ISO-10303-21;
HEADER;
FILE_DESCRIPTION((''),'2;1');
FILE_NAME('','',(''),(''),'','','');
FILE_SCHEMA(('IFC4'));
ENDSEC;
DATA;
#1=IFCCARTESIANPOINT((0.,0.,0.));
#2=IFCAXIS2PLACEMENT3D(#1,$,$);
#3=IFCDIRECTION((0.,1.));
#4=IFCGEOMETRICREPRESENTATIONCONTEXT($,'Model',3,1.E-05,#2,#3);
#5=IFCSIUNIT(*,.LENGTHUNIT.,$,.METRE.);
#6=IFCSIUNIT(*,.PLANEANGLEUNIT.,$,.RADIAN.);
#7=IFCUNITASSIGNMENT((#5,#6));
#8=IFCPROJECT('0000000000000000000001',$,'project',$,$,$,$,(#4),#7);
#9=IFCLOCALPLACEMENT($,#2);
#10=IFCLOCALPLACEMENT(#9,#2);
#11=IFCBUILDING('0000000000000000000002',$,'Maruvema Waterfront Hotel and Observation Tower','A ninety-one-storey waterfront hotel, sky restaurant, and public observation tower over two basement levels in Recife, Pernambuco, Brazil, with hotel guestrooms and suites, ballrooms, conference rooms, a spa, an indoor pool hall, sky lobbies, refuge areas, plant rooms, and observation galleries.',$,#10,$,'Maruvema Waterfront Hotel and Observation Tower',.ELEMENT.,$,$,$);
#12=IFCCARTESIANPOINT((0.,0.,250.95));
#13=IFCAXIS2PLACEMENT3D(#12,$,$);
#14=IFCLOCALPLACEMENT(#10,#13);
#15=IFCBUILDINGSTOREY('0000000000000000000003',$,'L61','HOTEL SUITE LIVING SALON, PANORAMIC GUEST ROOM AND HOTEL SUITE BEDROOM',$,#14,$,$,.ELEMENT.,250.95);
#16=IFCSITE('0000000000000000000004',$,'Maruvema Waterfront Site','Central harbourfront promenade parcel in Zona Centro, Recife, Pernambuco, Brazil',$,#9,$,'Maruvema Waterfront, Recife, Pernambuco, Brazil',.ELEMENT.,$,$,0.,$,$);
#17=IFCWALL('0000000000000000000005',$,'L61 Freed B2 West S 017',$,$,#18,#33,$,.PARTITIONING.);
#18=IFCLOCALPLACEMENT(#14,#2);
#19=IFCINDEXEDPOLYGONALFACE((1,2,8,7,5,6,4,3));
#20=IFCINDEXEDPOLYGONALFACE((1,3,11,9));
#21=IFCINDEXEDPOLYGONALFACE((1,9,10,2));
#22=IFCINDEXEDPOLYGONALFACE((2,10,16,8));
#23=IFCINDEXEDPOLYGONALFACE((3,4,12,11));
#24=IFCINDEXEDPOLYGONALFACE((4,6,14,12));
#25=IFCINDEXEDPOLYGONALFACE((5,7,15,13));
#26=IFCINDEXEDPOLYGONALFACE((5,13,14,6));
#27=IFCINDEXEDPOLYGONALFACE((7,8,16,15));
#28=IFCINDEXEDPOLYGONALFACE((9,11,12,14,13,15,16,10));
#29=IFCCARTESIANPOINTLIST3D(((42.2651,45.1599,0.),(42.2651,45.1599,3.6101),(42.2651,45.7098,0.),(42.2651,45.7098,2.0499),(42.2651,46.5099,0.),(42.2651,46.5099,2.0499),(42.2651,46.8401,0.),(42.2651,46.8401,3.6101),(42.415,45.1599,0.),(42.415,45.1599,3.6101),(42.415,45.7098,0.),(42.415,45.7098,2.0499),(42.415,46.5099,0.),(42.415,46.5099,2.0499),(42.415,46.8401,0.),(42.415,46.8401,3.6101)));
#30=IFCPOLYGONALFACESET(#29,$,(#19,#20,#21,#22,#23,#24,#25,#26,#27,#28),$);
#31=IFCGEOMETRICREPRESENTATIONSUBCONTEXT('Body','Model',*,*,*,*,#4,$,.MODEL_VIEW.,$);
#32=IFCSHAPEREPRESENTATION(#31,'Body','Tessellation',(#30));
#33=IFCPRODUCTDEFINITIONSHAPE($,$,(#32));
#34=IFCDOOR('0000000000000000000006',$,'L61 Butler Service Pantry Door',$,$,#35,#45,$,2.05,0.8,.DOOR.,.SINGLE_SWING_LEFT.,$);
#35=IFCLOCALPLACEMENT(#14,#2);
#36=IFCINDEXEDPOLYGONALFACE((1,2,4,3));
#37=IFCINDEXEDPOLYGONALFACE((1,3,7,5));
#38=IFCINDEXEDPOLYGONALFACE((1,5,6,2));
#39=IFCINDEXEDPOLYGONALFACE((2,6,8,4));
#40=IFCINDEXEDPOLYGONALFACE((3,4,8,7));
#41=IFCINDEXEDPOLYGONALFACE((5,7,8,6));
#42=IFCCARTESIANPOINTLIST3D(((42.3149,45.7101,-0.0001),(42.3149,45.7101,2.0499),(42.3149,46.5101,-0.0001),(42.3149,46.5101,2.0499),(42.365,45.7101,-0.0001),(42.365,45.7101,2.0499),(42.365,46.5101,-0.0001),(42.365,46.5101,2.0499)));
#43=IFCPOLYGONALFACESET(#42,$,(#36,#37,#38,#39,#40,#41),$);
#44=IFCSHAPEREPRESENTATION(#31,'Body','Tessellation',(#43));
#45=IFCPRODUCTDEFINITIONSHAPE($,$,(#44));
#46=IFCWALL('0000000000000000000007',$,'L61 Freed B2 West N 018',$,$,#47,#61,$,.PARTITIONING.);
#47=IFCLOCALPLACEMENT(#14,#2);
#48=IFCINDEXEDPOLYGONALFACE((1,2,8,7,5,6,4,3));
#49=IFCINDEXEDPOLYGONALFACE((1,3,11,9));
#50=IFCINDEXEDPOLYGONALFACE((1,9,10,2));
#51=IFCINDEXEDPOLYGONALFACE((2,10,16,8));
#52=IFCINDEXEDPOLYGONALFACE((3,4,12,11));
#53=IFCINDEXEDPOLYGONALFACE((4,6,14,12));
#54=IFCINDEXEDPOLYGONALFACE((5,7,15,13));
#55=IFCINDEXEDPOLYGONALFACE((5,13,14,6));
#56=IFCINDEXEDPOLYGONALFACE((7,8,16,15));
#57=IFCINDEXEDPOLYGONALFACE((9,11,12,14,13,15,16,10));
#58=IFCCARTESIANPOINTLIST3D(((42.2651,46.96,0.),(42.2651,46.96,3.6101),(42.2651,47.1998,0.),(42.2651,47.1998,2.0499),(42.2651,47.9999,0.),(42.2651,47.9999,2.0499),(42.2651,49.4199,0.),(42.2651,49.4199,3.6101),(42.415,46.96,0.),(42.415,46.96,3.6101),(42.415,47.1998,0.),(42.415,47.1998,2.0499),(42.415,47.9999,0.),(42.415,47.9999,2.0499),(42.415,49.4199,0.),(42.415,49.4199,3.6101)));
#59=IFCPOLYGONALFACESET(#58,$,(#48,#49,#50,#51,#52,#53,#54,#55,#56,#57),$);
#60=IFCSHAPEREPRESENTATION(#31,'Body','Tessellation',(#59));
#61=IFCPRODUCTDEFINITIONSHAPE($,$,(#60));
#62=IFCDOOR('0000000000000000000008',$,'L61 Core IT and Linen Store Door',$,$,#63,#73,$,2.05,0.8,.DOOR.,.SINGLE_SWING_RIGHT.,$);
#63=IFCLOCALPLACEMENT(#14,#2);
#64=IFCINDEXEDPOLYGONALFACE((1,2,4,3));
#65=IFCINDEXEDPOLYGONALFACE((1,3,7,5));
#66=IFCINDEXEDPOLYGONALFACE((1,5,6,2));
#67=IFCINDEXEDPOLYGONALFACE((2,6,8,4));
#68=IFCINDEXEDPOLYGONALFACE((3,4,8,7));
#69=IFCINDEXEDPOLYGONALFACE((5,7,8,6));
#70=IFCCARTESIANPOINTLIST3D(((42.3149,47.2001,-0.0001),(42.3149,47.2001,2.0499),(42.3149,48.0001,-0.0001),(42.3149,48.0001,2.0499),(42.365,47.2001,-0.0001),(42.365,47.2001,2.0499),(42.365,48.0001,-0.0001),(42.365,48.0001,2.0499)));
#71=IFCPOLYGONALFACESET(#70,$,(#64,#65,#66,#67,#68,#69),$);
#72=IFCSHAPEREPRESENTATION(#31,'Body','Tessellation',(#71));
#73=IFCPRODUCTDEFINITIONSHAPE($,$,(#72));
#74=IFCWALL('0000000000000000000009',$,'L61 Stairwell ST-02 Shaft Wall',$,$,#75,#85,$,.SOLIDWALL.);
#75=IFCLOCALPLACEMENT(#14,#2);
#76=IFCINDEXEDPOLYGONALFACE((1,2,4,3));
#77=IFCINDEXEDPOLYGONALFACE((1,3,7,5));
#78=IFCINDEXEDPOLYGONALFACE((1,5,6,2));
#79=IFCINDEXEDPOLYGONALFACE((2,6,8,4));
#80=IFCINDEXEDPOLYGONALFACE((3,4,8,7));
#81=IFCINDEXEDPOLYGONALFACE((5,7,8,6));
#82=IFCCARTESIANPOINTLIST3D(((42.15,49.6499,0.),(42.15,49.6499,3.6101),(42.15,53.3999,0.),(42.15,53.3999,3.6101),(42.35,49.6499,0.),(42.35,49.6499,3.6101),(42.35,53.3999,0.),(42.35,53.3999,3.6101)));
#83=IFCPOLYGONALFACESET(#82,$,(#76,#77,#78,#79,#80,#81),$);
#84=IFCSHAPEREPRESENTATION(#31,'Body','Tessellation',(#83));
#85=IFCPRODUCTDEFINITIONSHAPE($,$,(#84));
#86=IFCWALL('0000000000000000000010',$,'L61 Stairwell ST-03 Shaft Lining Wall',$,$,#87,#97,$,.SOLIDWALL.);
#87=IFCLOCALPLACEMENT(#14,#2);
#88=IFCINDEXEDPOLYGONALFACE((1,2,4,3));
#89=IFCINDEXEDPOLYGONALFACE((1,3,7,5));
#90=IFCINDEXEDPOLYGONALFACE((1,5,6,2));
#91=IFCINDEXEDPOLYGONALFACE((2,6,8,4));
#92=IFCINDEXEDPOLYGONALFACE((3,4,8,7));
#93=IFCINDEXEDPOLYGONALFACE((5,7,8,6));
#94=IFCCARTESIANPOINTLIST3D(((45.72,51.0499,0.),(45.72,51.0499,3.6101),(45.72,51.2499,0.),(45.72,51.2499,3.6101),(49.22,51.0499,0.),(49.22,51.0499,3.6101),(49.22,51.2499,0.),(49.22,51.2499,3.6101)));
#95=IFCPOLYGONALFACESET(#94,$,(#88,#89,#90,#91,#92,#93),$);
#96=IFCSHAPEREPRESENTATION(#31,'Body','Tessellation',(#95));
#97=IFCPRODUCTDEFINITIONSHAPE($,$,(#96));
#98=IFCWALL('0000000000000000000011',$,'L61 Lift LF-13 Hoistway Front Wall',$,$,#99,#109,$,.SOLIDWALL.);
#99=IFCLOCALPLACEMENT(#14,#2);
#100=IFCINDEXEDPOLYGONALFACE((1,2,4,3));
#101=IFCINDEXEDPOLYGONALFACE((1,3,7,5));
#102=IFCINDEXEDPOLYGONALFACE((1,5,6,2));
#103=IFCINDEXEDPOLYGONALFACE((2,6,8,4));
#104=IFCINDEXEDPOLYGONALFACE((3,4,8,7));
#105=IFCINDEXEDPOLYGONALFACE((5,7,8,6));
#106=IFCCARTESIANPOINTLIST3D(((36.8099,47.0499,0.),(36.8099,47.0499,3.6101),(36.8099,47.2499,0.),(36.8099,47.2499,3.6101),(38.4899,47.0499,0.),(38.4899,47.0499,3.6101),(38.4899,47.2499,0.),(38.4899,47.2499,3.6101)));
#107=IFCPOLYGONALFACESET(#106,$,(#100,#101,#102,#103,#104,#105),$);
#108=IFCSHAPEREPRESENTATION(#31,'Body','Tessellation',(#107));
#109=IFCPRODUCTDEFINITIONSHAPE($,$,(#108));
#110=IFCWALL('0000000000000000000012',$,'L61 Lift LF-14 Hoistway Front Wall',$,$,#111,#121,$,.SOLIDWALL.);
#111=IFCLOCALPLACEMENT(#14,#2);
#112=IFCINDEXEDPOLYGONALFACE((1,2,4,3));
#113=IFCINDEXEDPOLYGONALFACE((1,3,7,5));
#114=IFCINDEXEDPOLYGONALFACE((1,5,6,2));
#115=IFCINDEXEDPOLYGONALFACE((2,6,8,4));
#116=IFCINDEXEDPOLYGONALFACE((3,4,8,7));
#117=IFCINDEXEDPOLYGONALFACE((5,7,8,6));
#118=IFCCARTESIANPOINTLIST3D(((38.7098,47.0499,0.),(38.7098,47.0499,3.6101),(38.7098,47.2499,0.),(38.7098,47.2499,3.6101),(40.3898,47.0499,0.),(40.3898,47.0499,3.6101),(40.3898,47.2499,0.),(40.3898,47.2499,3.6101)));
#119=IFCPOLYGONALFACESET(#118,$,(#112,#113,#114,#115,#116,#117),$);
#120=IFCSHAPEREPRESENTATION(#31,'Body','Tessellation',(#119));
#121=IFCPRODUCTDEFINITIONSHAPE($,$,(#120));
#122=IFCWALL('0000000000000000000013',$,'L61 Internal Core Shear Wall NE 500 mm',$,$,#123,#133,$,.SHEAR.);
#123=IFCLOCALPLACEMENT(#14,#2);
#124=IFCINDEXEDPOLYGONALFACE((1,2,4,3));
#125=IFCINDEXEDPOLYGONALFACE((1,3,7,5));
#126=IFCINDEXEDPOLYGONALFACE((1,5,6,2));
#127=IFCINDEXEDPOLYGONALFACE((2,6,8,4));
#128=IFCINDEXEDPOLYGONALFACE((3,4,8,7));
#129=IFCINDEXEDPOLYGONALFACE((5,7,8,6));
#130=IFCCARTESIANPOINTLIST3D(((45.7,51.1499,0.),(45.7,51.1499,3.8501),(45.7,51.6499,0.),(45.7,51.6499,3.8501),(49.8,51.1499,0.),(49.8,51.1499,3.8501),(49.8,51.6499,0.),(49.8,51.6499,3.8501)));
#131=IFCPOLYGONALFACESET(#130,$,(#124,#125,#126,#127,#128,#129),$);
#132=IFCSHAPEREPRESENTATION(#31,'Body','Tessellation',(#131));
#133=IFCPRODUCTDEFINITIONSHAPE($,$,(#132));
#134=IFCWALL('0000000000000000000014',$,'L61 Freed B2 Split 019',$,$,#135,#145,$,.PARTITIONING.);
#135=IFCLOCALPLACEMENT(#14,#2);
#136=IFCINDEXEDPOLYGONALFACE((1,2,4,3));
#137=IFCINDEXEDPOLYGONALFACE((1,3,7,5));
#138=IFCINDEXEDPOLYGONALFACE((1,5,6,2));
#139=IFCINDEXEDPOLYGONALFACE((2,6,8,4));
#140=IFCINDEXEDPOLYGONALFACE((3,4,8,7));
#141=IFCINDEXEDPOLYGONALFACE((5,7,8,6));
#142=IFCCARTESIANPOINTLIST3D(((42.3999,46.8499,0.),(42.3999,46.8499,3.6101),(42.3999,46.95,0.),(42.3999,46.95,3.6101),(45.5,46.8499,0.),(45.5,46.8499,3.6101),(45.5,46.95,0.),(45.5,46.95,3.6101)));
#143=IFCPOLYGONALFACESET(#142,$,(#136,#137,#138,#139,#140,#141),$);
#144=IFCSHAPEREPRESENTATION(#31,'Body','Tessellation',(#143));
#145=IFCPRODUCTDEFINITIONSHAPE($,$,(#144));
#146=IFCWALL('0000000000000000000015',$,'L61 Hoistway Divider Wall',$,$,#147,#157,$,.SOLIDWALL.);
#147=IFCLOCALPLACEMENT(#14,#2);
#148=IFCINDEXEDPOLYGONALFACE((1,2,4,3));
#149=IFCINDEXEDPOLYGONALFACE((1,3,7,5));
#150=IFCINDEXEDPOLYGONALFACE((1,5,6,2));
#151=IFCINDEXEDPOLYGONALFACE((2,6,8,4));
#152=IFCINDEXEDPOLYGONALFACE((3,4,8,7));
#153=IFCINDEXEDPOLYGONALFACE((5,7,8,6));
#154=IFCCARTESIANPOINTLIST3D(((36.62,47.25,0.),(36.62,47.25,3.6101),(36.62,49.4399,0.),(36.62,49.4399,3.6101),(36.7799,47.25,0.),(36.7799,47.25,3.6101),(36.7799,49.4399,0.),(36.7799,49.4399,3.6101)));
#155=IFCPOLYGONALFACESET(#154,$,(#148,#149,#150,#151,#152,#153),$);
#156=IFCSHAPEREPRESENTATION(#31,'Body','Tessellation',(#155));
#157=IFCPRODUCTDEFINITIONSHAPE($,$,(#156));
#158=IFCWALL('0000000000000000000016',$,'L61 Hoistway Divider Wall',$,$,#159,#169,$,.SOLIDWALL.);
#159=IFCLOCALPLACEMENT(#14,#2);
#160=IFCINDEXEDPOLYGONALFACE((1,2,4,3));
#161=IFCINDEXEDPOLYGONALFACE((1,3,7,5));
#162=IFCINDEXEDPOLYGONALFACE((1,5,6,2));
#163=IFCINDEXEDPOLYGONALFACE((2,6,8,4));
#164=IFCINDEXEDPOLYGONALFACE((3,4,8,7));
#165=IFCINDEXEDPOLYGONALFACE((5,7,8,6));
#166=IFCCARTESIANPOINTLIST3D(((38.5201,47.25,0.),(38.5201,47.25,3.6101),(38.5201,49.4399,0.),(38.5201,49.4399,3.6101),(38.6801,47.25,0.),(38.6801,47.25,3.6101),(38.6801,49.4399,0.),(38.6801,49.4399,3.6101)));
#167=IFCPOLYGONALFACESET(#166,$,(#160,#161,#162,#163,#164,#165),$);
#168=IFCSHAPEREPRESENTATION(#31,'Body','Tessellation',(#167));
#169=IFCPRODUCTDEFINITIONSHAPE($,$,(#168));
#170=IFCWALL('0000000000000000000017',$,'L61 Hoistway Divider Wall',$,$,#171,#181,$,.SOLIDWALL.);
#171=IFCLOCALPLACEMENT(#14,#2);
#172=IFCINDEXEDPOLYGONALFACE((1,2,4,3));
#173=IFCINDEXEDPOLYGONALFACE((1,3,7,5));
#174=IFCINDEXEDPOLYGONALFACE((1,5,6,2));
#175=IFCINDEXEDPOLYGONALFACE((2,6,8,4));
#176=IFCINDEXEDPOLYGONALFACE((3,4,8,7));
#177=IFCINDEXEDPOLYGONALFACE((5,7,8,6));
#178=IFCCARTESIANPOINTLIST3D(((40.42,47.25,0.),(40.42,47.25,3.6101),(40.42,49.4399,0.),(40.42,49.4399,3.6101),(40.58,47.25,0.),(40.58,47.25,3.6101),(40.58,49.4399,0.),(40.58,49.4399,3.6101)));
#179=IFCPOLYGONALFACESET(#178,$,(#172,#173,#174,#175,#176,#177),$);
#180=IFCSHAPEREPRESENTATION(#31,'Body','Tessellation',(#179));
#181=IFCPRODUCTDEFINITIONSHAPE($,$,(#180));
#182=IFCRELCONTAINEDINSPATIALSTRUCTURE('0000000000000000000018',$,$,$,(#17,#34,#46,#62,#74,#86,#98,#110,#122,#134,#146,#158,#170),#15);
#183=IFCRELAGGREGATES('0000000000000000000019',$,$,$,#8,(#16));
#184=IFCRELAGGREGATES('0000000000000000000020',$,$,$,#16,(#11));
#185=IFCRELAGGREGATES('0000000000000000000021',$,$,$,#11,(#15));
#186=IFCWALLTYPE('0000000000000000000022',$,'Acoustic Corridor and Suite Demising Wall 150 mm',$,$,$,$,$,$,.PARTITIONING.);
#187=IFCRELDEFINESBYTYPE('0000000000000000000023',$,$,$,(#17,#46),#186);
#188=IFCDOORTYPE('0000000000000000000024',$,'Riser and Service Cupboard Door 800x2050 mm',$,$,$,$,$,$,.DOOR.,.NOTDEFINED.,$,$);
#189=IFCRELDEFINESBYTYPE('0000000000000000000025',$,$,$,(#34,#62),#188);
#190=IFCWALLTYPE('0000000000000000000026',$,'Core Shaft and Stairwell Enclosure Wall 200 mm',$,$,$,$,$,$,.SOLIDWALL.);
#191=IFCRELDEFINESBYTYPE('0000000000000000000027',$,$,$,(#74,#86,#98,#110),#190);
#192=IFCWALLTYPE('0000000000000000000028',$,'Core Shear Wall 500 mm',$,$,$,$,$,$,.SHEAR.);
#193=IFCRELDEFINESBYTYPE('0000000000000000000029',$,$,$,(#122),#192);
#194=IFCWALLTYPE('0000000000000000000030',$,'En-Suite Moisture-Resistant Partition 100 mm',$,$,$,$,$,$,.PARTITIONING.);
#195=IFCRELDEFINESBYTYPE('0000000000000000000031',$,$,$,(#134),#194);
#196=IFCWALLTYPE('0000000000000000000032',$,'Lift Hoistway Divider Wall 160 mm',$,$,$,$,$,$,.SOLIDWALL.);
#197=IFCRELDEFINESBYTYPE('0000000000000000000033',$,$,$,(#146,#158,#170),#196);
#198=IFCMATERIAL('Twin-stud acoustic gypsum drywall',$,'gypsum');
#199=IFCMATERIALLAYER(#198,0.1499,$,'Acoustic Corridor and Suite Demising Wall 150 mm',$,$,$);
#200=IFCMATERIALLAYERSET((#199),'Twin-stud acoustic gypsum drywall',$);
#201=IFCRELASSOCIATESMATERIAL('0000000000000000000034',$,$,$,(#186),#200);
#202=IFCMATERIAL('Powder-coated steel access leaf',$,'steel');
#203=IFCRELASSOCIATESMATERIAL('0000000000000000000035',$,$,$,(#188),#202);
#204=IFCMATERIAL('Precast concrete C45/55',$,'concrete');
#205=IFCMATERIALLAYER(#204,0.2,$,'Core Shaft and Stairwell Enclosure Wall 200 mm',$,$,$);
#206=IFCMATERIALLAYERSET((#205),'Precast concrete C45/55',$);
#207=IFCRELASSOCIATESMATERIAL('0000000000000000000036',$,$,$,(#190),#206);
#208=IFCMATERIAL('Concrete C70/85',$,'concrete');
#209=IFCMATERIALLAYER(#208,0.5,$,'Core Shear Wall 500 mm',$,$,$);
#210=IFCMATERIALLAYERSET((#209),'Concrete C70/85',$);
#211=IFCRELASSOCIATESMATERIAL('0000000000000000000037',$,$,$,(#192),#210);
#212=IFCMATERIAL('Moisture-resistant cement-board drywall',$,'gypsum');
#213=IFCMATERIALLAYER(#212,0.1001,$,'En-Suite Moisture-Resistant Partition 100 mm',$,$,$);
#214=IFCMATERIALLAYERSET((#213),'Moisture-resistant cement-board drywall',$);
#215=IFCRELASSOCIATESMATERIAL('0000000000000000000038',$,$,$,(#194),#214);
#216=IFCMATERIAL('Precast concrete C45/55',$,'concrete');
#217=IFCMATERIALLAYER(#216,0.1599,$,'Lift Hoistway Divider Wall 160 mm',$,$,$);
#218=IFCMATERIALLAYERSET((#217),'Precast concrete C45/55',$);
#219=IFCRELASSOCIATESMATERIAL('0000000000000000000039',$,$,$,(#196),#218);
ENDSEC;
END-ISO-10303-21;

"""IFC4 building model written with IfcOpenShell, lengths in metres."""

from ifc_helpers import new_model, si_unit, direction, frame, frame_2d, origin, place, context, subcontext, project, spatial, rectangle, extrude, material, layer, layer_set, type_object, element, fill, save


model = new_model("IFC4")

# Units and contexts
model_context = context("Model", 3, precision=1e-05, world=origin(), true_north=direction((0.0, 1.0)))
body_context = subcontext(model_context, "Body", "Model", "MODEL_VIEW")
ifc_project = project(units=[si_unit("LENGTHUNIT", "METRE"), si_unit("PLANEANGLEUNIT", "RADIAN")], contexts=[model_context])

# Site, building, storey
site_placement = place(None, origin())
site = spatial("IfcSite", under=ifc_project, at=site_placement, Name="Maruvema Waterfront Site", Description="Central harbourfront promenade parcel in Zona Centro, Recife, Pernambuco, Brazil", LongName="Maruvema Waterfront, Recife, Pernambuco, Brazil", CompositionType="ELEMENT", RefElevation=0.0)
building_placement = place(site_placement, origin())
building = spatial("IfcBuilding", under=site, at=building_placement, Name="Maruvema Waterfront Hotel and Observation Tower", Description="A ninety-one-storey waterfront hotel, sky restaurant, and public observation tower over two basement levels in Recife, Pernambuco, Brazil, with hotel guestrooms and suites, ballrooms, conference rooms, a spa, an indoor pool hall, sky lobbies, refuge areas, plant rooms, and observation galleries.", LongName="Maruvema Waterfront Hotel and Observation Tower", CompositionType="ELEMENT")
storey_placement = place(building_placement, frame((0.0, 0.0, 250.95)))
storey = spatial("IfcBuildingStorey", under=building, at=storey_placement, Name="L61", Description="HOTEL SUITE LIVING SALON, PANORAMIC GUEST ROOM AND HOTEL SUITE BEDROOM", CompositionType="ELEMENT", Elevation=250.95)

# Walls, openings, doors
ifc_material_1 = material(Name="Twin-stud acoustic gypsum drywall", Category="gypsum")
ifc_layer_1 = layer(ifc_material_1, 0.1499, Name="Acoustic Corridor and Suite Demising Wall 150 mm")
ifc_layer_set_1 = layer_set([ifc_layer_1], Name="Twin-stud acoustic gypsum drywall")
wall_type_1 = type_object("IfcWallType", Name="Acoustic Corridor and Suite Demising Wall 150 mm", PredefinedType="PARTITIONING", material=ifc_layer_set_1)
wall_1_placement = place(storey_placement, frame((42.3401, 45.1599, 0.0), z_axis=(0.0, 0.0, 1.0), x_axis=(0.0, 1.0, 0.0)))
wall_1 = element("IfcWall", 1, at=wall_1_placement, inside=storey, type_object=wall_type_1, Name="L61 Freed B2 West S 017", PredefinedType="PARTITIONING", context=body_context, shape_type="SweptSolid", body=[
    extrude(rectangle(XDim=1.6802, YDim=0.1499, at=frame_2d((0.8401, 0.0))), origin(), (0.0, 0.0, 1.0), 3.6101),
])
opening_1_placement = place(wall_1_placement, frame((0.55, 0.0, 0.0)))
opening_1 = element("IfcOpeningElement", 2, at=opening_1_placement, cuts=wall_1, PredefinedType="OPENING", context=body_context, shape_type="SweptSolid", body=[
    extrude(rectangle(XDim=0.8, YDim=2.05, at=frame_2d((0.3999, 1.0249))), frame((0.0, 0.085, 0.0), z_axis=(0.0, -1.0, 0.0), x_axis=(1.0, 0.0, 0.0)), (0.0, 0.0, 1.0), 0.1699),
])
ifc_material_2 = material(Name="Powder-coated steel access leaf", Category="steel")
door_type = type_object("IfcDoorType", Name="Riser and Service Cupboard Door 800x2050 mm", OperationType="NOTDEFINED", PredefinedType="DOOR", material=ifc_material_2)
door_1_placement = place(opening_1_placement, frame((0.8, 0.0, 0.0), z_axis=(0.0, 0.0, 1.0), x_axis=(-1.0, 0.0, 0.0)))
door_1 = element("IfcDoor", 3, at=door_1_placement, inside=storey, type_object=door_type, Name="L61 Butler Service Pantry Door", OperationType="SINGLE_SWING_LEFT", OverallHeight=2.05, OverallWidth=0.8, PredefinedType="DOOR", context=body_context, shape_type="SweptSolid", body=[
    extrude(rectangle(XDim=0.8, YDim=2.05, at=frame_2d((0.3999, 1.0249))), frame((0.0, 0.0249, 0.0), z_axis=(0.0, -1.0, 0.0), x_axis=(1.0, 0.0, 0.0)), (0.0, 0.0, 1.0), 0.05),
])
fill(opening_1, door_1)
wall_2_placement = place(storey_placement, frame((42.3401, 46.96, 0.0), z_axis=(0.0, 0.0, 1.0), x_axis=(0.0, 1.0, 0.0)))
wall_2 = element("IfcWall", 4, at=wall_2_placement, inside=storey, type_object=wall_type_1, Name="L61 Freed B2 West N 018", PredefinedType="PARTITIONING", context=body_context, shape_type="SweptSolid", body=[
    extrude(rectangle(XDim=2.46, YDim=0.1499, at=frame_2d((1.23, 0.0))), origin(), (0.0, 0.0, 1.0), 3.6101),
])
opening_2_placement = place(wall_2_placement, frame((0.24, 0.0, 0.0)))
opening_2 = element("IfcOpeningElement", 5, at=opening_2_placement, cuts=wall_2, PredefinedType="OPENING", context=body_context, shape_type="SweptSolid", body=[
    extrude(rectangle(XDim=0.8, YDim=2.05, at=frame_2d((0.3999, 1.0249))), frame((0.0, 0.085, 0.0), z_axis=(0.0, -1.0, 0.0), x_axis=(1.0, 0.0, 0.0)), (0.0, 0.0, 1.0), 0.1699),
])
door_2_placement = place(opening_2_placement, frame((0.8, 0.0, 0.0), z_axis=(0.0, 0.0, 1.0), x_axis=(-1.0, 0.0, 0.0)))
door_2 = element("IfcDoor", 6, at=door_2_placement, inside=storey, type_object=door_type, Name="L61 Core IT and Linen Store Door", OperationType="SINGLE_SWING_RIGHT", OverallHeight=2.05, OverallWidth=0.8, PredefinedType="DOOR", context=body_context, shape_type="SweptSolid", body=[
    extrude(rectangle(XDim=0.8, YDim=2.05, at=frame_2d((0.3999, 1.0249))), frame((0.0, 0.0249, 0.0), z_axis=(0.0, -1.0, 0.0), x_axis=(1.0, 0.0, 0.0)), (0.0, 0.0, 1.0), 0.05),
])
fill(opening_2, door_2)

# Walls
ifc_material_3 = material(Name="Precast concrete C45/55", Category="concrete")
ifc_layer_2 = layer(ifc_material_3, 0.2, Name="Core Shaft and Stairwell Enclosure Wall 200 mm")
ifc_layer_set_2 = layer_set([ifc_layer_2], Name="Precast concrete C45/55")
wall_type_2 = type_object("IfcWallType", Name="Core Shaft and Stairwell Enclosure Wall 200 mm", PredefinedType="SOLIDWALL", material=ifc_layer_set_2)
wall_3_placement = place(storey_placement, frame((42.25, 49.6499, 0.0), z_axis=(0.0, 0.0, 1.0), x_axis=(0.0, 1.0, 0.0)))
element("IfcWall", 7, at=wall_3_placement, inside=storey, type_object=wall_type_2, Name="L61 Stairwell ST-02 Shaft Wall", PredefinedType="SOLIDWALL", context=body_context, shape_type="SweptSolid", body=[
    extrude(rectangle(XDim=3.75, YDim=0.2, at=frame_2d((1.875, 0.0))), origin(), (0.0, 0.0, 1.0), 3.6101),
])
wall_4_placement = place(storey_placement, frame((45.72, 51.1499, 0.0), z_axis=(0.0, 0.0, 1.0), x_axis=(1.0, 0.0, 0.0)))
element("IfcWall", 8, at=wall_4_placement, inside=storey, type_object=wall_type_2, Name="L61 Stairwell ST-03 Shaft Lining Wall", PredefinedType="SOLIDWALL", context=body_context, shape_type="SweptSolid", body=[
    extrude(rectangle(XDim=3.5, YDim=0.2, at=frame_2d((1.75, 0.0))), origin(), (0.0, 0.0, 1.0), 3.6101),
])
for number, where, z_axis, x_axis, name in (
    (9, (36.8101, 47.1499, 0.0), (0.0, 0.0, 1.0), (1.0, 0.0, 0.0), "L61 Lift LF-13 Hoistway Front Wall"),
    (10, (38.71, 47.1499, 0.0), (0.0, 0.0, 1.0), (1.0, 0.0, 0.0), "L61 Lift LF-14 Hoistway Front Wall"),
):
    element("IfcWall", number, at=place(storey_placement, frame(where, z_axis=z_axis, x_axis=x_axis)), inside=storey, type_object=wall_type_2, Name=name, PredefinedType="SOLIDWALL", context=body_context, shape_type="SweptSolid", body=[
        extrude(rectangle(XDim=1.6799, YDim=0.2, at=frame_2d((0.8398, 0.0))), origin(), (0.0, 0.0, 1.0), 3.6101),
    ])
ifc_material_4 = material(Name="Concrete C70/85", Category="concrete")
ifc_layer_3 = layer(ifc_material_4, 0.5, Name="Core Shear Wall 500 mm")
ifc_layer_set_3 = layer_set([ifc_layer_3], Name="Concrete C70/85")
wall_type_3 = type_object("IfcWallType", Name="Core Shear Wall 500 mm", PredefinedType="SHEAR", material=ifc_layer_set_3)
wall_5_placement = place(storey_placement, frame((45.7, 51.3999, 0.0), z_axis=(0.0, 0.0, 1.0), x_axis=(1.0, 0.0, 0.0)))
element("IfcWall", 11, at=wall_5_placement, inside=storey, type_object=wall_type_3, Name="L61 Internal Core Shear Wall NE 500 mm", PredefinedType="SHEAR", context=body_context, shape_type="SweptSolid", body=[
    extrude(rectangle(XDim=4.1001, YDim=0.5, at=frame_2d((2.05, 0.0))), origin(), (0.0, 0.0, 1.0), 3.8501),
])
ifc_material_5 = material(Name="Moisture-resistant cement-board drywall", Category="gypsum")
ifc_layer_4 = layer(ifc_material_5, 0.1001, Name="En-Suite Moisture-Resistant Partition 100 mm")
ifc_layer_set_4 = layer_set([ifc_layer_4], Name="Moisture-resistant cement-board drywall")
wall_type_4 = type_object("IfcWallType", Name="En-Suite Moisture-Resistant Partition 100 mm", PredefinedType="PARTITIONING", material=ifc_layer_set_4)
wall_6_placement = place(storey_placement, frame((42.3999, 46.8999, 0.0), z_axis=(0.0, 0.0, 1.0), x_axis=(1.0, 0.0, 0.0)))
element("IfcWall", 12, at=wall_6_placement, inside=storey, type_object=wall_type_4, Name="L61 Freed B2 Split 019", PredefinedType="PARTITIONING", context=body_context, shape_type="SweptSolid", body=[
    extrude(rectangle(XDim=3.1001, YDim=0.1001, at=frame_2d((1.55, 0.0))), origin(), (0.0, 0.0, 1.0), 3.6101),
])
ifc_material_6 = material(Name="Precast concrete C45/55", Category="concrete")
ifc_layer_5 = layer(ifc_material_6, 0.1599, Name="Lift Hoistway Divider Wall 160 mm")
ifc_layer_set_5 = layer_set([ifc_layer_5], Name="Precast concrete C45/55")
wall_type_5 = type_object("IfcWallType", Name="Lift Hoistway Divider Wall 160 mm", PredefinedType="SOLIDWALL", material=ifc_layer_set_5)
for number, where, z_axis, x_axis, name in (
    (13, (36.7, 47.25, 0.0), (0.0, 0.0, 1.0), (0.0, 1.0, 0.0), "L61 Hoistway Divider Wall"),
    (14, (38.6001, 47.25, 0.0), (0.0, 0.0, 1.0), (0.0, 1.0, 0.0), "L61 Hoistway Divider Wall"),
    (15, (40.5, 47.25, 0.0), (0.0, 0.0, 1.0), (0.0, 1.0, 0.0), "L61 Hoistway Divider Wall"),
):
    element("IfcWall", number, at=place(storey_placement, frame(where, z_axis=z_axis, x_axis=x_axis)), inside=storey, type_object=wall_type_5, Name=name, PredefinedType="SOLIDWALL", context=body_context, shape_type="SweptSolid", body=[
        extrude(rectangle(XDim=2.1899, YDim=0.1599, at=frame_2d((1.095, 0.0))), origin(), (0.0, 0.0, 1.0), 3.6101),
    ])

save(model, "model.ifc")
